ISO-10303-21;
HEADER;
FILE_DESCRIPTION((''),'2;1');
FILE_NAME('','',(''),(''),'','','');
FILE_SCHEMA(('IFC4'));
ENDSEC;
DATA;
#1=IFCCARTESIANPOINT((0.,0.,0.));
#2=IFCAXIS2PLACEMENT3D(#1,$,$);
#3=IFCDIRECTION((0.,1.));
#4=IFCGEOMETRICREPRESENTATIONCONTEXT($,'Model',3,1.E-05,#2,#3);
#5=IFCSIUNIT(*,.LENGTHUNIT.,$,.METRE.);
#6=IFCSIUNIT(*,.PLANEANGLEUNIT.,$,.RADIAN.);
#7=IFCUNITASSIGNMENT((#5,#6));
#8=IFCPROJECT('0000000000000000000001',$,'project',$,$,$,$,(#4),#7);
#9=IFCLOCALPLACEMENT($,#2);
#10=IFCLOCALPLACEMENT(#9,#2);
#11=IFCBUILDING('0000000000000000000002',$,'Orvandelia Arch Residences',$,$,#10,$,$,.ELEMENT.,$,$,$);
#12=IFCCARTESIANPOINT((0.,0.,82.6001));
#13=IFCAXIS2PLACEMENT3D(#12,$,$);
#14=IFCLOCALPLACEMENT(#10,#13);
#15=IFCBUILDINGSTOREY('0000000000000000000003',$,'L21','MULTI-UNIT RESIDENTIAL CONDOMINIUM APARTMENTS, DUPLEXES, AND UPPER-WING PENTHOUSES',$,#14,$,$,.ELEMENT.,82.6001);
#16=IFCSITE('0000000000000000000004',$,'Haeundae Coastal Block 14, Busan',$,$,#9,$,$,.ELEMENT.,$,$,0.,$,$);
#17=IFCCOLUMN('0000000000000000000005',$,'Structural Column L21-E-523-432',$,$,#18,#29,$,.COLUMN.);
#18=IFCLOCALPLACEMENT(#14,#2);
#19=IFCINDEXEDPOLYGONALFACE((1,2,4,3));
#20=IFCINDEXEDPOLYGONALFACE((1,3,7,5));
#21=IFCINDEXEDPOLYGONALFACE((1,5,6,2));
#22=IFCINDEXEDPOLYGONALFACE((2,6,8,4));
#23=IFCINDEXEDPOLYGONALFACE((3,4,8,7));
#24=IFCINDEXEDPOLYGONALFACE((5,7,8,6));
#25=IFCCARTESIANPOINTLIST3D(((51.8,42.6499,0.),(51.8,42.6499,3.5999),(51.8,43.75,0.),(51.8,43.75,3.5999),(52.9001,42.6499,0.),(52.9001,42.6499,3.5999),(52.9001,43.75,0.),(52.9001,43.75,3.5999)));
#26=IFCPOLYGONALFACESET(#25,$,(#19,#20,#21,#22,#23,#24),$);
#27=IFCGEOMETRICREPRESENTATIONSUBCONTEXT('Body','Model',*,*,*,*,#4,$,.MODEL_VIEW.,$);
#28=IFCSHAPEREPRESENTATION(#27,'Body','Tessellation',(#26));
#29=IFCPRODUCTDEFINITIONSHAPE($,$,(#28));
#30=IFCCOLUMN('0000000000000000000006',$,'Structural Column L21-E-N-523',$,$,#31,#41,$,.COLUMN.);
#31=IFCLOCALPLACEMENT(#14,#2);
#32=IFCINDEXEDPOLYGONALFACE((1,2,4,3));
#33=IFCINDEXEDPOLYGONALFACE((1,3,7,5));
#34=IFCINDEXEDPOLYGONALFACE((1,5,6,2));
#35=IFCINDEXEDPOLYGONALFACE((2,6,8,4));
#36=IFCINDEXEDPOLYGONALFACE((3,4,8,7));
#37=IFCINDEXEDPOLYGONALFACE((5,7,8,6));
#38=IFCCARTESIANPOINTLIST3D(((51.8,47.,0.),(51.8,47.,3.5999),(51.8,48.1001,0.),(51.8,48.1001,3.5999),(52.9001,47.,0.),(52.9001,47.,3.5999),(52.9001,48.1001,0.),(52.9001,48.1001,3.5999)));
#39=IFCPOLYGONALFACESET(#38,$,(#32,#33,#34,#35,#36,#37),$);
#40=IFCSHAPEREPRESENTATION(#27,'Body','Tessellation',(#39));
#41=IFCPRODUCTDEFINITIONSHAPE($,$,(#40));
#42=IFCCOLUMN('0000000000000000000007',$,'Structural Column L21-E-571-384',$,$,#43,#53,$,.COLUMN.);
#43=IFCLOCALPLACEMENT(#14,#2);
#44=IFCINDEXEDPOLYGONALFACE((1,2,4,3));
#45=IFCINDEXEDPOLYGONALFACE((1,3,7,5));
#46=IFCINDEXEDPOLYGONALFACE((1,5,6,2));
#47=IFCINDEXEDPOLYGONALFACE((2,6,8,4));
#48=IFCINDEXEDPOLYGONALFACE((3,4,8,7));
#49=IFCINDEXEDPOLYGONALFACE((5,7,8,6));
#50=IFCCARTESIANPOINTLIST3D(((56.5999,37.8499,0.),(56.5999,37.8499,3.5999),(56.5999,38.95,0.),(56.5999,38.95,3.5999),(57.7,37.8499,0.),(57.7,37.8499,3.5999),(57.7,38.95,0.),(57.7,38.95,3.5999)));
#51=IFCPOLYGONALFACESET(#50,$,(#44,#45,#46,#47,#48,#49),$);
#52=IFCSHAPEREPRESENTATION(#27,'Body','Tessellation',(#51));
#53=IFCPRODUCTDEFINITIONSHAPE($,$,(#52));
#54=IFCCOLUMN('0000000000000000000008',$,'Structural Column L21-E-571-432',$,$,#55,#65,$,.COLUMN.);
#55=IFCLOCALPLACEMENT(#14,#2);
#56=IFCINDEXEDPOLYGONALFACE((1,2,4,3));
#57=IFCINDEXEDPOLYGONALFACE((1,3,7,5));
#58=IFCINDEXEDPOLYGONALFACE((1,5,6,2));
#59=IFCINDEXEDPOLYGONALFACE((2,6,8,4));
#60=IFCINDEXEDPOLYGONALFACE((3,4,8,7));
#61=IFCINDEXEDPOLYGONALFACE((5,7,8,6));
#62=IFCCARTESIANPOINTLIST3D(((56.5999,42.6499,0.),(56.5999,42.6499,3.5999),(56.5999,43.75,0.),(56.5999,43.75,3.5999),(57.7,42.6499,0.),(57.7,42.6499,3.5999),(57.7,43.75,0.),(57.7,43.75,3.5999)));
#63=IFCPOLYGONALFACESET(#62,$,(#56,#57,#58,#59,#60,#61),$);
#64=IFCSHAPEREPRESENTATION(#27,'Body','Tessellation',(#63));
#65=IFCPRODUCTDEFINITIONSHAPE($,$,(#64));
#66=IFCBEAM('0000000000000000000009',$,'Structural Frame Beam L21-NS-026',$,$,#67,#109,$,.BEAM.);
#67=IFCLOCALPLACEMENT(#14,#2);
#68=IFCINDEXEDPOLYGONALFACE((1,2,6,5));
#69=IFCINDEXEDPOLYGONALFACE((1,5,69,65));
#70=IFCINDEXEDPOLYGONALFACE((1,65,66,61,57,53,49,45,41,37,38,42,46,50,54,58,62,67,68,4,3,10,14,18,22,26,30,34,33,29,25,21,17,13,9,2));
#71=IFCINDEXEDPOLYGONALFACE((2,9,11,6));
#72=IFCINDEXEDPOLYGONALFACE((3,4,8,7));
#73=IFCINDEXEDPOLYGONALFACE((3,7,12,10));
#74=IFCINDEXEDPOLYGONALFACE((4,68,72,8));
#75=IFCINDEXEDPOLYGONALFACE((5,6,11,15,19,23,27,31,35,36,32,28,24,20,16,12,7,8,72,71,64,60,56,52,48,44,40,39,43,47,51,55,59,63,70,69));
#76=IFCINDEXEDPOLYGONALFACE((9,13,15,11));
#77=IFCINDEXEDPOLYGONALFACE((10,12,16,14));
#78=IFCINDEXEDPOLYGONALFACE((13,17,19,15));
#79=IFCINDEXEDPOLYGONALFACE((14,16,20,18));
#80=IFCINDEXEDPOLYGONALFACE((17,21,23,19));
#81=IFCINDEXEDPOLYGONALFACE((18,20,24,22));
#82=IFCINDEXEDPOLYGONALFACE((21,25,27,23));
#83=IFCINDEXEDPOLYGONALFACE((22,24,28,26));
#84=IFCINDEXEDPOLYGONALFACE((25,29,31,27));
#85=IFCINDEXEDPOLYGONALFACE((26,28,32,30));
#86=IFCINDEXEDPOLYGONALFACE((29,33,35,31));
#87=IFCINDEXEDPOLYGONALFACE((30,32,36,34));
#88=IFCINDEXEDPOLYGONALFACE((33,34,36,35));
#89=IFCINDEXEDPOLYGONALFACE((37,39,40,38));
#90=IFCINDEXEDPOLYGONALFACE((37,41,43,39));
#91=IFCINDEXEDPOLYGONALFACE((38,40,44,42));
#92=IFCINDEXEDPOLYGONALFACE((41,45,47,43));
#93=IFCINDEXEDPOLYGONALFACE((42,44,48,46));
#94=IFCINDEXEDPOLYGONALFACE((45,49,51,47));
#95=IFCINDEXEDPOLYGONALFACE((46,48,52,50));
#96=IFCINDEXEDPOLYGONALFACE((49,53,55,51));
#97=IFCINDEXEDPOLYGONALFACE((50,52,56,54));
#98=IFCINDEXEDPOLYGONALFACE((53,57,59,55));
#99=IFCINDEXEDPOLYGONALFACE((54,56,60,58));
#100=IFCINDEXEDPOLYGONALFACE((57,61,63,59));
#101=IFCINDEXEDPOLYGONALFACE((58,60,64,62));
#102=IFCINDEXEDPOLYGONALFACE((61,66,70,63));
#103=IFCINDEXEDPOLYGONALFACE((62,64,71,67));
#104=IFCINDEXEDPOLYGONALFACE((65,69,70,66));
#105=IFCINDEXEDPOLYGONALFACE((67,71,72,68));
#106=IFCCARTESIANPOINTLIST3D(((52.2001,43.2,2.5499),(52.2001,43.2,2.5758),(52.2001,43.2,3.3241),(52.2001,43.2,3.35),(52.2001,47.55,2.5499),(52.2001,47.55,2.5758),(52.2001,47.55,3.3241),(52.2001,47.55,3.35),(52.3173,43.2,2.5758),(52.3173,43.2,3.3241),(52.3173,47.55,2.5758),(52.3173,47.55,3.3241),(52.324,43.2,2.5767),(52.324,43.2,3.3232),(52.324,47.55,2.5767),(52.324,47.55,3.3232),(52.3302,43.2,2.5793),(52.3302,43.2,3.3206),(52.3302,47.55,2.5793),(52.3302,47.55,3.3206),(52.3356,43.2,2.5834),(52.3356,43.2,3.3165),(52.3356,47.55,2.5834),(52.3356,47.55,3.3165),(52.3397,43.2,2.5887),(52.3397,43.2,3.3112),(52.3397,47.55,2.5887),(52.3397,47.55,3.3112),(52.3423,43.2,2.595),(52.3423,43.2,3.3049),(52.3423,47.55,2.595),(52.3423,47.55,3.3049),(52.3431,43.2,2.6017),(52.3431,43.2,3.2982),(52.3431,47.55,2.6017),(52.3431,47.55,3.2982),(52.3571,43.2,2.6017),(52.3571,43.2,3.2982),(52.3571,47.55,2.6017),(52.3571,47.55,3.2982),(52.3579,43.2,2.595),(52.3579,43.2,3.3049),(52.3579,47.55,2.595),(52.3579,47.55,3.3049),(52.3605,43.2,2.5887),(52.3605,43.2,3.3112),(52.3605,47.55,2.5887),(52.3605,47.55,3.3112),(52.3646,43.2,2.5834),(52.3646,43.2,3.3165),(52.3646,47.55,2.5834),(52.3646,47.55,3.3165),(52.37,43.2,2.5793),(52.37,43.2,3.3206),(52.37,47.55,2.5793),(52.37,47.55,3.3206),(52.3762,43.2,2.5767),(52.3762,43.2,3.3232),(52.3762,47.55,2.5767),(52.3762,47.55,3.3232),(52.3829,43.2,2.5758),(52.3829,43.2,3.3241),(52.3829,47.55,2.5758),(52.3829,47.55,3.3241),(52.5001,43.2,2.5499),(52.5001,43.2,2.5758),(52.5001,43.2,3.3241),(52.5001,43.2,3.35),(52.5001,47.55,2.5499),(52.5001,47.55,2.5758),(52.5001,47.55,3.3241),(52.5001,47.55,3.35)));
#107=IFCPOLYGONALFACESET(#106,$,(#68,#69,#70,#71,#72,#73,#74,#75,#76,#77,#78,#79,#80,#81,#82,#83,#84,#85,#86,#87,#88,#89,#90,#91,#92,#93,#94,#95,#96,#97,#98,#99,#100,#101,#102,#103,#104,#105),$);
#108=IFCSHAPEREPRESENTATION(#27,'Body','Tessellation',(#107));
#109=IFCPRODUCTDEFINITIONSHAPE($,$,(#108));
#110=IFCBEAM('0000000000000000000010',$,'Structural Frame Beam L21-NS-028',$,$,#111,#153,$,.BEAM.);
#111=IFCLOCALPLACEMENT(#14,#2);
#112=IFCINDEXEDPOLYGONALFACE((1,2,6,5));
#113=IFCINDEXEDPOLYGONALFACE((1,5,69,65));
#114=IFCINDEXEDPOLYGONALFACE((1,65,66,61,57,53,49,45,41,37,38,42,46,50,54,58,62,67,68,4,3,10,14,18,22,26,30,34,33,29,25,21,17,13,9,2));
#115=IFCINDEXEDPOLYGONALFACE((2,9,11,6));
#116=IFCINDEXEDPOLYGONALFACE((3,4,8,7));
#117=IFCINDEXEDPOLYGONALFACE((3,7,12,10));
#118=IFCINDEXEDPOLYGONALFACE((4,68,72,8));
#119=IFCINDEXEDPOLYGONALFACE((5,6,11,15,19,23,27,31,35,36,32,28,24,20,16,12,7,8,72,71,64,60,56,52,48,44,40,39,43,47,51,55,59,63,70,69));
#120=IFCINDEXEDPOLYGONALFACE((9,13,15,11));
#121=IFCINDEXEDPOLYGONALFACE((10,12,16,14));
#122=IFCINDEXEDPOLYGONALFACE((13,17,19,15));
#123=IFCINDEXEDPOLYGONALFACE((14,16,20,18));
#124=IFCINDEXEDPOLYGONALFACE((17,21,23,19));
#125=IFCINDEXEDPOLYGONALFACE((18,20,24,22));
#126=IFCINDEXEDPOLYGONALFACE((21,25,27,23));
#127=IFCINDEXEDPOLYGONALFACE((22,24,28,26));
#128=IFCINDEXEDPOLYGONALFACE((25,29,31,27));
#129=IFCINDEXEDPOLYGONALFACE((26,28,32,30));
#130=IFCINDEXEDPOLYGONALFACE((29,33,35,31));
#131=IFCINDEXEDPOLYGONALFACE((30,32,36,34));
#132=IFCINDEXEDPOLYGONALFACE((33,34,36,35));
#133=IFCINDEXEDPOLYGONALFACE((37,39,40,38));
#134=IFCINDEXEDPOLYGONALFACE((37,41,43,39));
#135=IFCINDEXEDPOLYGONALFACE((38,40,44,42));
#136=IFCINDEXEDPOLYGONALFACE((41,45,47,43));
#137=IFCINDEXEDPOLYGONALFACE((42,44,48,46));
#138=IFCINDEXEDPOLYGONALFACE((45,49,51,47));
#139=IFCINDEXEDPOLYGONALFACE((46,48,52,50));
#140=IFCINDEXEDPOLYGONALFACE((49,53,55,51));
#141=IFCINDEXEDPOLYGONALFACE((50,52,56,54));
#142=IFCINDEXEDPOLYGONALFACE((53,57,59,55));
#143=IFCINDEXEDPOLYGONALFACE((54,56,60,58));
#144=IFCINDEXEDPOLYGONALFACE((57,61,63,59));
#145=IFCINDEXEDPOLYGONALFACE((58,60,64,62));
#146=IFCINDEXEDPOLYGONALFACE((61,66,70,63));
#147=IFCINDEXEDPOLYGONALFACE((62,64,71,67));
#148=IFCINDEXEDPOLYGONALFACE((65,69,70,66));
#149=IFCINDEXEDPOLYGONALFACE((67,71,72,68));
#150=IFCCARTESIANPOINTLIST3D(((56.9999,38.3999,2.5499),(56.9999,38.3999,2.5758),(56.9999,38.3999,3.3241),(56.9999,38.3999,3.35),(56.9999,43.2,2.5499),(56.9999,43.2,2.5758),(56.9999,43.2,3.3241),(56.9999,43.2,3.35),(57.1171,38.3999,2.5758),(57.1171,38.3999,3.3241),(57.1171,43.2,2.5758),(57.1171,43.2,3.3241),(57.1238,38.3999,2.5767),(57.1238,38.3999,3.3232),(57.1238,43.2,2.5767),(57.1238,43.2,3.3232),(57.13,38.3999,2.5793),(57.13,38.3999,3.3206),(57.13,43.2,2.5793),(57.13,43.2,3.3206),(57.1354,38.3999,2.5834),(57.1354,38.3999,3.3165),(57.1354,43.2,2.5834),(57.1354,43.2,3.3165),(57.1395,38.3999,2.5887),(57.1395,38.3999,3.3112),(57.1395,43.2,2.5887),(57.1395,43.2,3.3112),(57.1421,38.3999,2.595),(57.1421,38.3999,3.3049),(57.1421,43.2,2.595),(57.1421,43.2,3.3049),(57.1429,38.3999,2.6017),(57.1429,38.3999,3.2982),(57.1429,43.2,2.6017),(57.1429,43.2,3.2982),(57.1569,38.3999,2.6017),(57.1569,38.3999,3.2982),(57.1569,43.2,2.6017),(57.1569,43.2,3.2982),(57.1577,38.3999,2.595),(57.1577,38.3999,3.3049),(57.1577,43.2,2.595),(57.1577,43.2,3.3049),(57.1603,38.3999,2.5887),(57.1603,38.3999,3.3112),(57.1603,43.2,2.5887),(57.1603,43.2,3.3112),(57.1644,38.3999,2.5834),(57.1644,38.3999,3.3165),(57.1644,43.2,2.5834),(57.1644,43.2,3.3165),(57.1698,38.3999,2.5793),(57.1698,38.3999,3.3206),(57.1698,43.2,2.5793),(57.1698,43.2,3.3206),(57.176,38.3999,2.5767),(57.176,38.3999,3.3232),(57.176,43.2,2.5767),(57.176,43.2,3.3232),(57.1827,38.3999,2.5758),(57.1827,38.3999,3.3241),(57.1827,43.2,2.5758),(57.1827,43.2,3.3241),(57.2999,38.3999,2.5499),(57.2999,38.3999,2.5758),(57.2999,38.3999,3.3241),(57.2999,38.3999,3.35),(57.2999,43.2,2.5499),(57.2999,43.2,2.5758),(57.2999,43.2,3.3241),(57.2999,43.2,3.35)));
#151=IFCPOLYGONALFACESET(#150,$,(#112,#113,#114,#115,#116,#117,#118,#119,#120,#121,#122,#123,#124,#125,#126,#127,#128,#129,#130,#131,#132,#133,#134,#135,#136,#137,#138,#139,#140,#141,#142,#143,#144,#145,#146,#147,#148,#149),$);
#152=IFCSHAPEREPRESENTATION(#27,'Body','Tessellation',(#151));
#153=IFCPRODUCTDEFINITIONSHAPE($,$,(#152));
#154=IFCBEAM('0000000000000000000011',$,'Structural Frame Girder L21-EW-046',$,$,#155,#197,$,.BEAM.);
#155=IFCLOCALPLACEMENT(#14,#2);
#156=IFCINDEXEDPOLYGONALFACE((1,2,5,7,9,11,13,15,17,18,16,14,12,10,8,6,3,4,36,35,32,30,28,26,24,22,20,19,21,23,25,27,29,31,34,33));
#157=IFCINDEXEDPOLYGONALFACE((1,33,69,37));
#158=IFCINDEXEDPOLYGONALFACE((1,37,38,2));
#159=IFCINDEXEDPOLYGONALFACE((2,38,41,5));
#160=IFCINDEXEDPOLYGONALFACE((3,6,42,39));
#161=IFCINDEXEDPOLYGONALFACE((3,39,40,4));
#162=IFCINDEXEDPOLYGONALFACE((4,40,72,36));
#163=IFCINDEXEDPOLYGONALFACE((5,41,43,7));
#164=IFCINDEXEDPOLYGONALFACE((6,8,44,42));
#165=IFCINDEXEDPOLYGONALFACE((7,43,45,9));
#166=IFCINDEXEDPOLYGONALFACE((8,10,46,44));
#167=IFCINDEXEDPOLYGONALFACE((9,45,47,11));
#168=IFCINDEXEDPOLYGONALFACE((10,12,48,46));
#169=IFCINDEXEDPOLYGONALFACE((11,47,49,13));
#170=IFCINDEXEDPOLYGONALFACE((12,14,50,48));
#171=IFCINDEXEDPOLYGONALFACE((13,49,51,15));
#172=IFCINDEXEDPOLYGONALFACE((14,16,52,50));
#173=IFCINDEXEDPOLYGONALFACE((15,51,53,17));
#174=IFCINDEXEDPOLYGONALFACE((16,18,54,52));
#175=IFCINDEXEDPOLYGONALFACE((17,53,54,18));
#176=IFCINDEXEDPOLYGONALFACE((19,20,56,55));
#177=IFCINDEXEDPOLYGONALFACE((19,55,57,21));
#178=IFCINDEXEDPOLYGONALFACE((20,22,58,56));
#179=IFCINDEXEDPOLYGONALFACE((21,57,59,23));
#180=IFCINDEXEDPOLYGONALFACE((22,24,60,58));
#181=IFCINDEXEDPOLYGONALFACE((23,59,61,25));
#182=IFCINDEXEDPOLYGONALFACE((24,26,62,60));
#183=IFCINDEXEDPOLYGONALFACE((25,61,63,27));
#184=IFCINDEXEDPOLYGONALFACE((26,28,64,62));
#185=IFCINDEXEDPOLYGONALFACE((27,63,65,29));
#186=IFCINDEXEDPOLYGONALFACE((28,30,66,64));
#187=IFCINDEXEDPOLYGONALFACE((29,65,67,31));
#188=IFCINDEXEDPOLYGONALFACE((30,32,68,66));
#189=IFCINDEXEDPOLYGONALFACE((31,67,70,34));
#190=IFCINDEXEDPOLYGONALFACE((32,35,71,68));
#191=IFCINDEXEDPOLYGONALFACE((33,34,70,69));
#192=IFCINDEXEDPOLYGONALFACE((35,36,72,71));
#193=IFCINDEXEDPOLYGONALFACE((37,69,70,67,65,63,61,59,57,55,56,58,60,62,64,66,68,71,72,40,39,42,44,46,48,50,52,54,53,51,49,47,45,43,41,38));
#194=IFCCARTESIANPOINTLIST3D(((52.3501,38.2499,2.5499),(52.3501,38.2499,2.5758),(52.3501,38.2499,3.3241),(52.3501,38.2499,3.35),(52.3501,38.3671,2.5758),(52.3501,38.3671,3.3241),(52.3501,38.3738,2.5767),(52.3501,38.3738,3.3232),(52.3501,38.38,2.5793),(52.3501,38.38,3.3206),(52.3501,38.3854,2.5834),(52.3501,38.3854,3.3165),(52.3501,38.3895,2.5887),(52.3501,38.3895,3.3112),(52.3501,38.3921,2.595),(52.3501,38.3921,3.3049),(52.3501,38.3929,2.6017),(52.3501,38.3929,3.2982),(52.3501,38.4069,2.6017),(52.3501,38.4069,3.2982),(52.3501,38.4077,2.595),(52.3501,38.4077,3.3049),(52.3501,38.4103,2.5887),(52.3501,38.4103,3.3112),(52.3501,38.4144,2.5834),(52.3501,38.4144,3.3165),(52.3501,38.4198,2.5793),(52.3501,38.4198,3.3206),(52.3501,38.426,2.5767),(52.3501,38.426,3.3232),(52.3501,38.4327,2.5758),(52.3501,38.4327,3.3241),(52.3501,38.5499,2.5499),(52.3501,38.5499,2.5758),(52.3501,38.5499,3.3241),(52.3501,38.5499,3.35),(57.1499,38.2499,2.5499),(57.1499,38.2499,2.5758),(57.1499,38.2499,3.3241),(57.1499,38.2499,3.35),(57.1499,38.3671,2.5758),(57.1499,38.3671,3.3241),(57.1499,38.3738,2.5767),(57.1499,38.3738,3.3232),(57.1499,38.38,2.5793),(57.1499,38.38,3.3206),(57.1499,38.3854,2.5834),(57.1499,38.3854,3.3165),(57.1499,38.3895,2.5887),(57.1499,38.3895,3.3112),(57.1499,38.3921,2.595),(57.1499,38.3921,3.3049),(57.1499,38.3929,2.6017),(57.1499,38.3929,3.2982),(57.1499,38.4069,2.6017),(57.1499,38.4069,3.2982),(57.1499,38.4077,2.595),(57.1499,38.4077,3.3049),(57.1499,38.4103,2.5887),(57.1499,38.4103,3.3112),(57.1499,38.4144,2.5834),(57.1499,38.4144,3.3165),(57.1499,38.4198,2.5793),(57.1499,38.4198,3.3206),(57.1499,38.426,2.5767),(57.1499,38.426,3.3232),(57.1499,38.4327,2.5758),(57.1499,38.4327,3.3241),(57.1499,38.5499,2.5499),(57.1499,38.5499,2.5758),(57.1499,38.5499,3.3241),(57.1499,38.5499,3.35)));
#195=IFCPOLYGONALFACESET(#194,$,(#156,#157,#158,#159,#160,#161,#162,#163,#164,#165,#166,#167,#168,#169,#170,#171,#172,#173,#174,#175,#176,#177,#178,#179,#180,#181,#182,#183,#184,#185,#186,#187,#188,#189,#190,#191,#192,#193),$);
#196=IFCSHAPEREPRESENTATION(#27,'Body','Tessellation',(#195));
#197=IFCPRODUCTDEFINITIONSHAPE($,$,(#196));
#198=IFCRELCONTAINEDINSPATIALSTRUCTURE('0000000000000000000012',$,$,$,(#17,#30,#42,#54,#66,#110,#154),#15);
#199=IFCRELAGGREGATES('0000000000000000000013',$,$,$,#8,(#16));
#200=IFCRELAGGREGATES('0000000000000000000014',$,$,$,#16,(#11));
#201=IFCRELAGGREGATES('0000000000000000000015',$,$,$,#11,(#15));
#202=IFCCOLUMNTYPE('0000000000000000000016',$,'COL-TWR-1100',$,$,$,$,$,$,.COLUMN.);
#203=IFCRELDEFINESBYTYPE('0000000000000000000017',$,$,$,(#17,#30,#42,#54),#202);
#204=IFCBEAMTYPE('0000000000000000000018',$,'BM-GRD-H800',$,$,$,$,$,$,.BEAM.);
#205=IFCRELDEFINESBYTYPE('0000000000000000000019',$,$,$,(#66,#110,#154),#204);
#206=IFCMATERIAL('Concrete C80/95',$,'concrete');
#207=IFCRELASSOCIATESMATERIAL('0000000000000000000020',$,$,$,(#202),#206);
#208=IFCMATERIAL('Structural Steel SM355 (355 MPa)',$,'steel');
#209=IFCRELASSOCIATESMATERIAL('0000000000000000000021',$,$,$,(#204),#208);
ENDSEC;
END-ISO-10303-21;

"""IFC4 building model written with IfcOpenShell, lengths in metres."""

from ifc_helpers import new_model, si_unit, direction, frame, origin, origin_2d, place, context, subcontext, project, spatial, rectangle, i_section, extrude, material, material_profile, profile_set, type_object, element, save


model = new_model("IFC4")

# Units and contexts
model_context = context("Model", 3, precision=1e-05, world=origin(), true_north=direction((0.0, 1.0)))
body_context = subcontext(model_context, "Body", "Model", "MODEL_VIEW")
ifc_project = project(units=[si_unit("LENGTHUNIT", "METRE"), si_unit("PLANEANGLEUNIT", "RADIAN")], contexts=[model_context])

# Site, building, storey
site_placement = place(None, origin())
site = spatial("IfcSite", under=ifc_project, at=site_placement, Name="Haeundae Coastal Block 14, Busan", CompositionType="ELEMENT", RefElevation=0.0)
building_placement = place(site_placement, origin())
building = spatial("IfcBuilding", under=site, at=building_placement, Name="Orvandelia Arch Residences", CompositionType="ELEMENT")
storey_placement = place(building_placement, frame((0.0, 0.0, 82.6001)))
storey = spatial("IfcBuildingStorey", under=building, at=storey_placement, Name="L21", Description="MULTI-UNIT RESIDENTIAL CONDOMINIUM APARTMENTS, DUPLEXES, AND UPPER-WING PENTHOUSES", CompositionType="ELEMENT", Elevation=82.6001)

# Columns
ifc_material_1 = material(Name="Concrete C80/95", Category="concrete")
ifc_material_profile_1 = material_profile(ifc_material_1, rectangle(XDim=1.1001, YDim=1.1001, at=origin_2d()), Name="Concrete C80/95", Category="concrete")
ifc_profile_set_1 = profile_set([ifc_material_profile_1], Name="Concrete C80/95")
column_type = type_object("IfcColumnType", Name="COL-TWR-1100", PredefinedType="COLUMN", material=ifc_profile_set_1)
for number, where, z_axis, x_axis, name in (
    (1, (52.3501, 43.2, 0.0), (0.0, 0.0, 1.0), (1.0, 0.0, 0.0), "Structural Column L21-E-523-432"),
    (2, (52.3501, 47.55, 0.0), (0.0, 0.0, 1.0), (1.0, 0.0, 0.0), "Structural Column L21-E-N-523"),
    (3, (57.1499, 38.3999, 0.0), (0.0, 0.0, 1.0), (1.0, 0.0, 0.0), "Structural Column L21-E-571-384"),
    (4, (57.1499, 43.2, 0.0), (0.0, 0.0, 1.0), (1.0, 0.0, 0.0), "Structural Column L21-E-571-432"),
):
    element("IfcColumn", number, at=place(storey_placement, frame(where, z_axis=z_axis, x_axis=x_axis)), inside=storey, type_object=column_type, Name=name, PredefinedType="COLUMN", context=body_context, shape_type="SweptSolid", body=[
        extrude(rectangle(XDim=1.1001, YDim=1.1001, at=origin_2d()), origin(), (0.0, 0.0, 1.0), 3.5999),
    ])

# Beams
ifc_material_2 = material(Name="Structural Steel SM355 (355 MPa)", Category="steel")
ifc_material_profile_2 = material_profile(ifc_material_2, i_section(OverallWidth=0.3, OverallDepth=0.8, WebThickness=0.0139, FlangeThickness=0.0259, FilletRadius=0.0259, at=origin_2d()), Name="Structural Steel SM355 (355 MPa)", Category="steel")
ifc_profile_set_2 = profile_set([ifc_material_profile_2], Name="Structural Steel SM355 (355 MPa)")
beam_type = type_object("IfcBeamType", Name="BM-GRD-H800", PredefinedType="BEAM", material=ifc_profile_set_2)
beam_1_placement = place(storey_placement, frame((52.3501, 43.2, 2.95), z_axis=(0.0, 1.0, 0.0), x_axis=(-1.0, 0.0, 0.0)))
element("IfcBeam", 5, at=beam_1_placement, inside=storey, type_object=beam_type, Name="Structural Frame Beam L21-NS-026", PredefinedType="BEAM", context=body_context, shape_type="SweptSolid", body=[
    extrude(i_section(OverallWidth=0.3, OverallDepth=0.8, WebThickness=0.0139, FlangeThickness=0.0259, FilletRadius=0.0259, at=origin_2d()), origin(), (0.0, 0.0, 1.0), 4.3501),
])
beam_2_placement = place(storey_placement, frame((57.1499, 38.3999, 2.95), z_axis=(0.0, 1.0, 0.0), x_axis=(-1.0, 0.0, 0.0)))
element("IfcBeam", 6, at=beam_2_placement, inside=storey, type_object=beam_type, Name="Structural Frame Beam L21-NS-028", PredefinedType="BEAM", context=body_context, shape_type="SweptSolid", body=[
    extrude(i_section(OverallWidth=0.3, OverallDepth=0.8, WebThickness=0.0139, FlangeThickness=0.0259, FilletRadius=0.0259, at=origin_2d()), origin(), (0.0, 0.0, 1.0), 4.8),
])
for number, where, z_axis, x_axis, name in (
    (7, (52.3501, 38.3999, 2.95), (1.0, 0.0, 0.0), (0.0, 1.0, 0.0), "Structural Frame Girder L21-EW-046"),
):
    element("IfcBeam", number, at=place(storey_placement, frame(where, z_axis=z_axis, x_axis=x_axis)), inside=storey, type_object=beam_type, Name=name, PredefinedType="BEAM", context=body_context, shape_type="SweptSolid", body=[
        extrude(i_section(OverallWidth=0.3, OverallDepth=0.8, WebThickness=0.0139, FlangeThickness=0.0259, FilletRadius=0.0259, at=origin_2d()), origin(), (0.0, 0.0, 1.0), 4.7998),
    ])

save(model, "model.ifc")
